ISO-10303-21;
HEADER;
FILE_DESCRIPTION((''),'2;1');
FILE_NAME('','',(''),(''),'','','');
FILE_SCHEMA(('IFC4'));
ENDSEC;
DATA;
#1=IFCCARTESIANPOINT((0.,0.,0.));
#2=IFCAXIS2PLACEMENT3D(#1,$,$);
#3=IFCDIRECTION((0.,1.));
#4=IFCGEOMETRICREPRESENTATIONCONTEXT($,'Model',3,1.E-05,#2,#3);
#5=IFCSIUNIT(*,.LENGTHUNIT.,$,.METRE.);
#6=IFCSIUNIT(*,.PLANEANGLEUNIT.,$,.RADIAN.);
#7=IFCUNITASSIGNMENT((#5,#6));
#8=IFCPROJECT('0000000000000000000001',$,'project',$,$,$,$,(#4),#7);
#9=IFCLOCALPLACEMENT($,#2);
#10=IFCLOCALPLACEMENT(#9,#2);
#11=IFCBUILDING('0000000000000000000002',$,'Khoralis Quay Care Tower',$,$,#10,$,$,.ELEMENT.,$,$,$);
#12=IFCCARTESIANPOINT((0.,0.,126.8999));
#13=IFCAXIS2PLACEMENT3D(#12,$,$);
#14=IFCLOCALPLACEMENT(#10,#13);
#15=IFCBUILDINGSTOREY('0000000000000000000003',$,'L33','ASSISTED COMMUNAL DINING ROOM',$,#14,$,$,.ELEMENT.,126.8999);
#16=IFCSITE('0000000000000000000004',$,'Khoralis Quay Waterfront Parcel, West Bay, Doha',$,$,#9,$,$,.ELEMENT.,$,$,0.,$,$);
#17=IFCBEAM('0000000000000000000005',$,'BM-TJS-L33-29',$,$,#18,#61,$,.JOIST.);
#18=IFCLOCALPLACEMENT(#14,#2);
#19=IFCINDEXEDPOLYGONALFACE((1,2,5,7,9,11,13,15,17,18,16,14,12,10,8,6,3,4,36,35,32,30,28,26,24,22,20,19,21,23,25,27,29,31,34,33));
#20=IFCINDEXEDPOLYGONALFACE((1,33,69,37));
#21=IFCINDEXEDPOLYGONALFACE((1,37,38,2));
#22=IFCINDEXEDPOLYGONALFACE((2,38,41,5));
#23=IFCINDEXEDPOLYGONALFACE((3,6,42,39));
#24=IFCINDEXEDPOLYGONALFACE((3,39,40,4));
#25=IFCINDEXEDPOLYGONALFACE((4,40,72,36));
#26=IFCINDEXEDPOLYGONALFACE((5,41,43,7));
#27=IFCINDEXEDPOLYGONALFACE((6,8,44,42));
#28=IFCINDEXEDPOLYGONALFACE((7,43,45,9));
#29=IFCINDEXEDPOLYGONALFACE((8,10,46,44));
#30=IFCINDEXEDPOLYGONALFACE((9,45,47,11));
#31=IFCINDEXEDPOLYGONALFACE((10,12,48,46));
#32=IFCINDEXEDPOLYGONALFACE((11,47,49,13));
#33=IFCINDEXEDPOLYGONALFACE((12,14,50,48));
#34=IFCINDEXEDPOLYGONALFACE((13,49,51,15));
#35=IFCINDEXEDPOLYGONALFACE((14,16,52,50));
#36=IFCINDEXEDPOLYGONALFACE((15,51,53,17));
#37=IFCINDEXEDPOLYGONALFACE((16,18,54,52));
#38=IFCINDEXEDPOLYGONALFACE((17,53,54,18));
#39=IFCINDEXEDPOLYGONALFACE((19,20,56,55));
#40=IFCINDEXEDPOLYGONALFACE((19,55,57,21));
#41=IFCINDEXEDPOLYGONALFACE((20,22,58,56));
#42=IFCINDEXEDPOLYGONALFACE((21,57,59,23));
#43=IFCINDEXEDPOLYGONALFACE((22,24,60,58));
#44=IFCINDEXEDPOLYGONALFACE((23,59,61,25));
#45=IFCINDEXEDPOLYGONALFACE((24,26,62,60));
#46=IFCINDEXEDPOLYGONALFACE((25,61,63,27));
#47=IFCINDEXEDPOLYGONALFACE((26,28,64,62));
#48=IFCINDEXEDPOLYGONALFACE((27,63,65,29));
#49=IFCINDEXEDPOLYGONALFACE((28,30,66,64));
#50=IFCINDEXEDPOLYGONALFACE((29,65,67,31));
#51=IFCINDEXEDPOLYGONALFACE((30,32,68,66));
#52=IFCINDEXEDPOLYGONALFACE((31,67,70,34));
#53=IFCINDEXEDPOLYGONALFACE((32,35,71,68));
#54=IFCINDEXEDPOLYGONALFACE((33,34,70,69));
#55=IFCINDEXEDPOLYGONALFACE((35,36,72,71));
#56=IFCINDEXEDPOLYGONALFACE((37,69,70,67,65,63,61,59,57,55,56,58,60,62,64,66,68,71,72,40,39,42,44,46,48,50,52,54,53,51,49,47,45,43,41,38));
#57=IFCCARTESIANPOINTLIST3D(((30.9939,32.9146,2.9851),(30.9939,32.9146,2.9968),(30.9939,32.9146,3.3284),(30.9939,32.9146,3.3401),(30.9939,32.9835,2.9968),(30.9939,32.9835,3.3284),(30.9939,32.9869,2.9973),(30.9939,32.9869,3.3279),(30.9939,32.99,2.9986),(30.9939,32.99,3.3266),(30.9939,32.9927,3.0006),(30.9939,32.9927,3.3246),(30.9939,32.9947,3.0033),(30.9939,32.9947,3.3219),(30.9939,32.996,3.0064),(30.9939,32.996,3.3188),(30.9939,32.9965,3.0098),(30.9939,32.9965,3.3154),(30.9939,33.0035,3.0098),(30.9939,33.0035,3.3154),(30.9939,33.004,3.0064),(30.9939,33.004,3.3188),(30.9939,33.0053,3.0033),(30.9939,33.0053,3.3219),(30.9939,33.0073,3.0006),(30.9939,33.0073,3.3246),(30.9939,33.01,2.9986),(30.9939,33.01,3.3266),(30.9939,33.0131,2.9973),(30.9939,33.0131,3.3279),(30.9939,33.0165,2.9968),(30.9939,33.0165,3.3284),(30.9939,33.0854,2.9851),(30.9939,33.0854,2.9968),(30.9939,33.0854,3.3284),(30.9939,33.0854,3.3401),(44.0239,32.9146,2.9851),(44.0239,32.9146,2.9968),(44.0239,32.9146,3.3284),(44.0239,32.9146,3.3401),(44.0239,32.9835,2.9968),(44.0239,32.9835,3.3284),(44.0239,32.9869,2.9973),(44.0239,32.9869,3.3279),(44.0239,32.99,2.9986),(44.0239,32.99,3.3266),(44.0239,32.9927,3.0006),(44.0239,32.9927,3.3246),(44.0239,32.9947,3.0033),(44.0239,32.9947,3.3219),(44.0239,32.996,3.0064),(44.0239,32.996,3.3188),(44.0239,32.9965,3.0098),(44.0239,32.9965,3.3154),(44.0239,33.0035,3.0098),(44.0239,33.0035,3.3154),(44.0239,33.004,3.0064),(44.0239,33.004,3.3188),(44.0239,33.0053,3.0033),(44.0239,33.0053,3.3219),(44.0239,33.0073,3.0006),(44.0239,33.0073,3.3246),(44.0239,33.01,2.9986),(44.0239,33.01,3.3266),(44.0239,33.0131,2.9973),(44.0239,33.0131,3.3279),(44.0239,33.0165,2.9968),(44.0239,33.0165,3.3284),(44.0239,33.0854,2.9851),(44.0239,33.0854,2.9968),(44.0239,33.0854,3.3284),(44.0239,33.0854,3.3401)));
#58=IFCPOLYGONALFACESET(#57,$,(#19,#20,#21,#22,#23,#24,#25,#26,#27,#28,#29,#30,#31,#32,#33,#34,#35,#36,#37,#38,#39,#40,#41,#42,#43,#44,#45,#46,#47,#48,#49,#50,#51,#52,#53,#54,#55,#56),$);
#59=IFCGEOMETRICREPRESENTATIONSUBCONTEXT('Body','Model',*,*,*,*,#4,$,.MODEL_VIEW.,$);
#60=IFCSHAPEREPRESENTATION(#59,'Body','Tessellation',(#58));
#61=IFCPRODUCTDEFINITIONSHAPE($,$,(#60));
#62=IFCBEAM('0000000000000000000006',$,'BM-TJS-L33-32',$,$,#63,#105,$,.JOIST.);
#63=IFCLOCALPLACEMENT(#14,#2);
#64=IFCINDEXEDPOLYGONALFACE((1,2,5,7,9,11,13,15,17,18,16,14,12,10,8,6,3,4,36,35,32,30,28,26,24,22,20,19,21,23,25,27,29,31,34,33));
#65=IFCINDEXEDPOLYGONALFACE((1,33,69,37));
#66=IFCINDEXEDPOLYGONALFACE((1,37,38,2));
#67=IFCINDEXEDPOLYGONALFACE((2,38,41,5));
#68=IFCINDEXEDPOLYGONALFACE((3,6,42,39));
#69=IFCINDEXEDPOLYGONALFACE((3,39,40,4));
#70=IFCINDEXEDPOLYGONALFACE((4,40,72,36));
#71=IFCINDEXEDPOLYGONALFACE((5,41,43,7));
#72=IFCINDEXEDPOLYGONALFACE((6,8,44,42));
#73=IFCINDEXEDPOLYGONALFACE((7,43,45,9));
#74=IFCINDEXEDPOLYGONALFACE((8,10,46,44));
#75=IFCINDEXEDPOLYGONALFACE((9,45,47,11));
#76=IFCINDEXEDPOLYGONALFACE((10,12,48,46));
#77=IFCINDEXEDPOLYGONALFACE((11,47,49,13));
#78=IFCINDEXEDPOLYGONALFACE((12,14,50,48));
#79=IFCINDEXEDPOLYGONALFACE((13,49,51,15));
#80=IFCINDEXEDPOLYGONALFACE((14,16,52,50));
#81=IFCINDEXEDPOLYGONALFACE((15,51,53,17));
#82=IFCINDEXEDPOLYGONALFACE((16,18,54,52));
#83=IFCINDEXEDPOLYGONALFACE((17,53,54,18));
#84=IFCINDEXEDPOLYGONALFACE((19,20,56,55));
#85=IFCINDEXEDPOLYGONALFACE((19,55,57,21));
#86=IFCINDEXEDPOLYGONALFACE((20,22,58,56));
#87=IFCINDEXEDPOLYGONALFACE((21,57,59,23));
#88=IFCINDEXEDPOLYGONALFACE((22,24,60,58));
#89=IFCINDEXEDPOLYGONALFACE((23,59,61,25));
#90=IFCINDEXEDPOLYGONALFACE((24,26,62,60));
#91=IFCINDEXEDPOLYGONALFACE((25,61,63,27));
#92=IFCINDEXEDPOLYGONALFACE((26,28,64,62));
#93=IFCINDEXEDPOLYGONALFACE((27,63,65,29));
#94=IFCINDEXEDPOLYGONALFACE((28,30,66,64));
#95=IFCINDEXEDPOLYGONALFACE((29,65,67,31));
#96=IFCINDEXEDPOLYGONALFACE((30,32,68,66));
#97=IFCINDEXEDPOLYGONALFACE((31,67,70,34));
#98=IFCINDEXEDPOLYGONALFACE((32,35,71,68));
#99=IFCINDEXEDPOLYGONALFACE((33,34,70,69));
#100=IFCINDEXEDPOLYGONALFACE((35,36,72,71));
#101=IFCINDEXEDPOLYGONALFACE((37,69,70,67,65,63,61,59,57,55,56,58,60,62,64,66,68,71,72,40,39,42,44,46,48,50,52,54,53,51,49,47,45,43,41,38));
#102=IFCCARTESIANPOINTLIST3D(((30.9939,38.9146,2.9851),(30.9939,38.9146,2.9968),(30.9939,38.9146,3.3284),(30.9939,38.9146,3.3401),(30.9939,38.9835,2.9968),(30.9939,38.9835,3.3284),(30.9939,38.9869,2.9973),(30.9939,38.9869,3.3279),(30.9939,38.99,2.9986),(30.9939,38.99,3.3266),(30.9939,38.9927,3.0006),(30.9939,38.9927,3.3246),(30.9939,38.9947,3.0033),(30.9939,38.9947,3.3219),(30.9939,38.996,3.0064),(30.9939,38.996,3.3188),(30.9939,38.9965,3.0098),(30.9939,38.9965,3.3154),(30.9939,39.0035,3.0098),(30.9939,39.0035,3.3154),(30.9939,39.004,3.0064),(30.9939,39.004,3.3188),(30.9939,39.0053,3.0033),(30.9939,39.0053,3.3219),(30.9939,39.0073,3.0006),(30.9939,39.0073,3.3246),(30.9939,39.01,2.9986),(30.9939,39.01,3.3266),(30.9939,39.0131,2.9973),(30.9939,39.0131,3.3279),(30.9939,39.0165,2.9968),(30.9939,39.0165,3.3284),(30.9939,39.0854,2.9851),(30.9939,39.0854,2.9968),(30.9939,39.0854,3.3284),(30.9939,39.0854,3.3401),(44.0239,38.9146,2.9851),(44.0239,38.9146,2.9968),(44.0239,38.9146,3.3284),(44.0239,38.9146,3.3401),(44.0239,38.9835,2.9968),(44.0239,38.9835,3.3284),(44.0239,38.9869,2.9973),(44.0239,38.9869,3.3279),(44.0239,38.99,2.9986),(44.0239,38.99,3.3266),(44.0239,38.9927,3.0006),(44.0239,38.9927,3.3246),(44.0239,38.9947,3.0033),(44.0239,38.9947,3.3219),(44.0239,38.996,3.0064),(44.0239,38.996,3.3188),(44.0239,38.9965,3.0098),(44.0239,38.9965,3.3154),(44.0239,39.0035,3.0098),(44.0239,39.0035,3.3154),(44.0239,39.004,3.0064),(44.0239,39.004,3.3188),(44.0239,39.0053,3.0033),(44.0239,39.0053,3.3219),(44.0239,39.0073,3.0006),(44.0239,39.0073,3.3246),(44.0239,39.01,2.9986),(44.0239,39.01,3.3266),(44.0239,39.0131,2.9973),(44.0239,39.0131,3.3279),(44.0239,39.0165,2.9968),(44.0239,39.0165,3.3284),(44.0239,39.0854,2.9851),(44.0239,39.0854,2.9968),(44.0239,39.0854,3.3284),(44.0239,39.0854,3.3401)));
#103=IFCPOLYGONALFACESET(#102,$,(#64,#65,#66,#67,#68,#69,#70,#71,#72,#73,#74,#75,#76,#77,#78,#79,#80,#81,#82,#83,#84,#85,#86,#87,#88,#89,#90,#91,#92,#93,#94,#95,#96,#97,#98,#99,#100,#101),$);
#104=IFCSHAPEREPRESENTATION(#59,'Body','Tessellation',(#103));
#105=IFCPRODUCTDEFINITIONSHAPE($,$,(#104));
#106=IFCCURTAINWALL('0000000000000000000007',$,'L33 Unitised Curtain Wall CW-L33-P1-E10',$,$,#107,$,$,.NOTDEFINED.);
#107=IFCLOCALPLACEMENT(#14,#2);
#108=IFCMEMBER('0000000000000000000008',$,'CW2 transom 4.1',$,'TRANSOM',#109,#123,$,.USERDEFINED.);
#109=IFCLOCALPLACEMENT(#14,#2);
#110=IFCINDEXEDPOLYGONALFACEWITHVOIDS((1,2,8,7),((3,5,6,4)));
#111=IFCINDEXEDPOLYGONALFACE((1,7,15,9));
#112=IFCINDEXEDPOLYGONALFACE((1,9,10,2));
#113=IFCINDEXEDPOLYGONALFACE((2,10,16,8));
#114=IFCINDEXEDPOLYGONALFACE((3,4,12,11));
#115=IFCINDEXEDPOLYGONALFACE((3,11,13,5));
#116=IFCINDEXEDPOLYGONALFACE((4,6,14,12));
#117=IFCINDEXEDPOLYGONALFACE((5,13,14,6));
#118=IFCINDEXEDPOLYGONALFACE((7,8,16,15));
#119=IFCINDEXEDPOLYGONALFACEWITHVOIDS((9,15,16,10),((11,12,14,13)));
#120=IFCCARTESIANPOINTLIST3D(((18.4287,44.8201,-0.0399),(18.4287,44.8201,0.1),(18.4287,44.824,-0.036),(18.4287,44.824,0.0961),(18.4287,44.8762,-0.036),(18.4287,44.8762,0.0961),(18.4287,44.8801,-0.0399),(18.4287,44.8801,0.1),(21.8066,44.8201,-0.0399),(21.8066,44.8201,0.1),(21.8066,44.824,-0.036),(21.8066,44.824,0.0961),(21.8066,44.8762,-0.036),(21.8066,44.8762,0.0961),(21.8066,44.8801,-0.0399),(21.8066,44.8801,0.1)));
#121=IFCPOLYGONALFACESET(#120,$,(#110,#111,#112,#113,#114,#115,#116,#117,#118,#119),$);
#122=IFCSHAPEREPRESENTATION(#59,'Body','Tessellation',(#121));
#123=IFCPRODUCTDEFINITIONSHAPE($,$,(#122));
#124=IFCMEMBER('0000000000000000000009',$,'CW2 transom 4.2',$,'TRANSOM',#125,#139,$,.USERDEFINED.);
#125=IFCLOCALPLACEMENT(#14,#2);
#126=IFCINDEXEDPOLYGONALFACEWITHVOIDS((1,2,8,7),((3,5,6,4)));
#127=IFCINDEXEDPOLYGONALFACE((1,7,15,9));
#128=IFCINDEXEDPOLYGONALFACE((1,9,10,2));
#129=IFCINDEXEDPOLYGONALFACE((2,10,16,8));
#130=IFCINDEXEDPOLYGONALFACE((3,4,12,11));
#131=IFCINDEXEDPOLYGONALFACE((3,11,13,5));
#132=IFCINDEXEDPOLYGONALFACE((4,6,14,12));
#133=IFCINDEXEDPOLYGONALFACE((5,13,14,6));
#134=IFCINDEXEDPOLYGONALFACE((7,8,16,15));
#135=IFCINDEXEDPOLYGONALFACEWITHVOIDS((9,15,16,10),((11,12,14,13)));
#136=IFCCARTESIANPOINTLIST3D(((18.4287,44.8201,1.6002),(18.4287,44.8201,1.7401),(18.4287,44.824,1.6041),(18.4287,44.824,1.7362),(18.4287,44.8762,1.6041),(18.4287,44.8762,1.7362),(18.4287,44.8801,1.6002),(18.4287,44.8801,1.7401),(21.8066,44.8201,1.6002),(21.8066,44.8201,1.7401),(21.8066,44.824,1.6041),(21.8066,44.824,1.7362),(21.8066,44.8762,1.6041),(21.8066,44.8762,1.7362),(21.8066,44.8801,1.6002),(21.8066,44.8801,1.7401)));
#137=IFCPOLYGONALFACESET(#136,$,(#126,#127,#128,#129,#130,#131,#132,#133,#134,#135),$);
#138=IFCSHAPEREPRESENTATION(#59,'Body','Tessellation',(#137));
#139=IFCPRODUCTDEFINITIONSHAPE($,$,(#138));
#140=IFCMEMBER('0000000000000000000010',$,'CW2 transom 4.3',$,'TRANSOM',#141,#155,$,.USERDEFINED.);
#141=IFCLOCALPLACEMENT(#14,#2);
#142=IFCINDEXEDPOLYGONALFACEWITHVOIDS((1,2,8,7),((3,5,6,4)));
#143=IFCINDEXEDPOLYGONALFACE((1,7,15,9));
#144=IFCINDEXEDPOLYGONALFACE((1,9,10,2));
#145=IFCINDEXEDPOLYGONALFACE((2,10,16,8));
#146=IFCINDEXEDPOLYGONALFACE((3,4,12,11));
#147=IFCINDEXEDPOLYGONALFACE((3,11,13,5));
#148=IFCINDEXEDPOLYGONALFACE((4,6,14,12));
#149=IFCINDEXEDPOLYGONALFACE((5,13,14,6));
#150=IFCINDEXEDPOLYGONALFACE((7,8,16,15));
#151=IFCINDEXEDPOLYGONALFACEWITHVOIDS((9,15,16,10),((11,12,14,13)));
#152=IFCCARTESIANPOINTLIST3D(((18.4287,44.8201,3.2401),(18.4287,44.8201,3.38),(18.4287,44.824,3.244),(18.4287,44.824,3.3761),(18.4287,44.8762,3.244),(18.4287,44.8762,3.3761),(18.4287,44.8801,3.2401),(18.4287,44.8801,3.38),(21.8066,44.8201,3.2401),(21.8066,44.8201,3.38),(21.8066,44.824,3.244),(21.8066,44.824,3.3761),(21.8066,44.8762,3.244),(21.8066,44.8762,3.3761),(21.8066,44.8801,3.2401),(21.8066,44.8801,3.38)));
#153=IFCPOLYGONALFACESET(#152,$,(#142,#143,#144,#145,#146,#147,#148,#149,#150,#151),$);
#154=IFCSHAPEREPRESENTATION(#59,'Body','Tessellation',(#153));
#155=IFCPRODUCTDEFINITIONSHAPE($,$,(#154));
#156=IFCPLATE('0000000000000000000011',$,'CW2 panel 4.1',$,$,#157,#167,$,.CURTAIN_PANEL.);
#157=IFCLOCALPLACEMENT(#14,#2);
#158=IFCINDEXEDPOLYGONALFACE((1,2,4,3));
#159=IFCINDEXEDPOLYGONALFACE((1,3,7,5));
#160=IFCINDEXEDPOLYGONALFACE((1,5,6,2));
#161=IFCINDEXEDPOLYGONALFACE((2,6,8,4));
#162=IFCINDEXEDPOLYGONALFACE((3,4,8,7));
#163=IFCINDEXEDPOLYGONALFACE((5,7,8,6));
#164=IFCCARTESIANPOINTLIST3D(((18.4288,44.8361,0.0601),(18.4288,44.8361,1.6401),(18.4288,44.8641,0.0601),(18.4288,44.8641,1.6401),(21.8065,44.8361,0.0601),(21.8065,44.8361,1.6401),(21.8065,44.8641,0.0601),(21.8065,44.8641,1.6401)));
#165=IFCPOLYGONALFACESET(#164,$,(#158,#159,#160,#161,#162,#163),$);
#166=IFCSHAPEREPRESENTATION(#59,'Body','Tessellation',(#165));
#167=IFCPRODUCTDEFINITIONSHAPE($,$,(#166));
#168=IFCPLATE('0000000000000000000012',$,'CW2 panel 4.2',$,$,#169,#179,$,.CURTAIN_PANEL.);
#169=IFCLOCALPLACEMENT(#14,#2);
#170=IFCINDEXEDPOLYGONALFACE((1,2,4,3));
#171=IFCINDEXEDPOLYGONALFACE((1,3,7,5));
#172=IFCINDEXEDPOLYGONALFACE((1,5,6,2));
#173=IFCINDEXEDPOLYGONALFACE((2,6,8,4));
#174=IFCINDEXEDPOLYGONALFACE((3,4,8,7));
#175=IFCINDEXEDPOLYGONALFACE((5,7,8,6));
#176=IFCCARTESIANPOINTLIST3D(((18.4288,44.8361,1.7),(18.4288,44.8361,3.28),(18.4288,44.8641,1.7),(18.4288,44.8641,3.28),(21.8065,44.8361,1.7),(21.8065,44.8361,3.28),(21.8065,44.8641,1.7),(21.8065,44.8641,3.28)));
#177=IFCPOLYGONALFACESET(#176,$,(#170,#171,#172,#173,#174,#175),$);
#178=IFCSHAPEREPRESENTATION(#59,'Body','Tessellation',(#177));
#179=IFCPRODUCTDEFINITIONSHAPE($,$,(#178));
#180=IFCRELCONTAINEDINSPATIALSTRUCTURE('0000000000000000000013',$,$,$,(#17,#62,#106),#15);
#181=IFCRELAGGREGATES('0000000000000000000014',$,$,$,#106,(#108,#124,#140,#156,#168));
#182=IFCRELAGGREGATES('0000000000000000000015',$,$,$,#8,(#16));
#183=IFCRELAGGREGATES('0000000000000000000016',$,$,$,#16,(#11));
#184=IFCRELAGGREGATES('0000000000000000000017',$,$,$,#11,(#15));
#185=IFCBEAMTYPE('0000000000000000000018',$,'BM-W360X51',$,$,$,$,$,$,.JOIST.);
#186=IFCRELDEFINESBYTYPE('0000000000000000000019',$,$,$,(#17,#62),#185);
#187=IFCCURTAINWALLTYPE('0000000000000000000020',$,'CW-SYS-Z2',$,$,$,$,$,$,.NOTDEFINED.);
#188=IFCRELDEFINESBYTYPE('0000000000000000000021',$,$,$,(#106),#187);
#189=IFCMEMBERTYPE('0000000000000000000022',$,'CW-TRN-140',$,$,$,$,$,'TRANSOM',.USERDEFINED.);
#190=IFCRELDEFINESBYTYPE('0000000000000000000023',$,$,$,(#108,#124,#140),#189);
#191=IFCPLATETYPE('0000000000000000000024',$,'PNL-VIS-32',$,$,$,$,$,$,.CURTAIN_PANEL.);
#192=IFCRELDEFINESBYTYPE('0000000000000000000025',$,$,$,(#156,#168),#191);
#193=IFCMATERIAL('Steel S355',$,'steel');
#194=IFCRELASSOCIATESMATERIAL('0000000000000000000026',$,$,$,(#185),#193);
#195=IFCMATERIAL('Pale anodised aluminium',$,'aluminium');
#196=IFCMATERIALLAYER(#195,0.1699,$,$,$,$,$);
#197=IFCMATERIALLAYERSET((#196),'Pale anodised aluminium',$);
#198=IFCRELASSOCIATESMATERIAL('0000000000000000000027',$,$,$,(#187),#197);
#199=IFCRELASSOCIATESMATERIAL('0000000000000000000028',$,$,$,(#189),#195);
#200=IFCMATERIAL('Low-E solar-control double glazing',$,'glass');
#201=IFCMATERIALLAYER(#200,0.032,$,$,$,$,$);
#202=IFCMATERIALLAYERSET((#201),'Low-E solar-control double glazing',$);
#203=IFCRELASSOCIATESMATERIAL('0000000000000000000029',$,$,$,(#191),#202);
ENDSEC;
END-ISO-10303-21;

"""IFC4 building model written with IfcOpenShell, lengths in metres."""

from ifc_helpers import new_model, si_unit, direction, frame, origin, origin_2d, place, context, subcontext, project, spatial, rectangle, hollow_rectangle, i_section, extrude, source, transform, mapped, material, layer, layer_set, material_profile, profile_set, type_object, element, aggregate, save


model = new_model("IFC4")

# Units and contexts
model_context = context("Model", 3, precision=1e-05, world=origin(), true_north=direction((0.0, 1.0)))
body_context = subcontext(model_context, "Body", "Model", "MODEL_VIEW")
ifc_project = project(units=[si_unit("LENGTHUNIT", "METRE"), si_unit("PLANEANGLEUNIT", "RADIAN")], contexts=[model_context])

# Site, building, storey
site_placement = place(None, origin())
site = spatial("IfcSite", under=ifc_project, at=site_placement, Name="Khoralis Quay Waterfront Parcel, West Bay, Doha", CompositionType="ELEMENT", RefElevation=0.0)
building_placement = place(site_placement, origin())
building = spatial("IfcBuilding", under=site, at=building_placement, Name="Khoralis Quay Care Tower", CompositionType="ELEMENT")
storey_placement = place(building_placement, frame((0.0, 0.0, 126.8999)))
storey = spatial("IfcBuildingStorey", under=building, at=storey_placement, Name="L33", Description="ASSISTED COMMUNAL DINING ROOM", CompositionType="ELEMENT", Elevation=126.8999)

# Beams
ifc_material_1 = material(Name="Steel S355", Category="steel")
ifc_material_profile_1 = material_profile(ifc_material_1, i_section(OverallWidth=0.1709, OverallDepth=0.355, WebThickness=0.0071, FlangeThickness=0.0117, FilletRadius=0.0129, at=origin_2d()), Name="Steel S355")
ifc_profile_set_1 = profile_set([ifc_material_profile_1], Name="Steel S355")
beam_type_1 = type_object("IfcBeamType", Name="BM-W360X51", PredefinedType="JOIST", material=ifc_profile_set_1)
shared_shape_1 = source(origin(), body_context, "Body", "SweptSolid", [
    extrude(i_section(OverallWidth=0.1709, OverallDepth=0.355, WebThickness=0.0071, FlangeThickness=0.0117, FilletRadius=0.0129, at=origin_2d()), origin(), (0.0, 0.0, 1.0), 13.03),
])
for number, where, z_axis, x_axis, name in (
    (1, (30.9939, 33.0, 3.1626), (1.0, 0.0, 0.0), (0.0, 1.0, 0.0), "BM-TJS-L33-29"),
    (2, (30.9939, 39.0, 3.1626), (1.0, 0.0, 0.0), (0.0, 1.0, 0.0), "BM-TJS-L33-32"),
):
    element("IfcBeam", number, at=place(storey_placement, frame(where, z_axis=z_axis, x_axis=x_axis)), inside=storey, type_object=beam_type_1, Name=name, PredefinedType="JOIST", context=body_context, shape_type="MappedRepresentation", body=[
        mapped(shared_shape_1, transform((0.0, 0.0, 0.0), scale=1.0)),
    ])

# Curtain wall, members, plates
ifc_material_2 = material(Name="Pale anodised aluminium", Category="aluminium")
ifc_layer_1 = layer(ifc_material_2, 0.1699)
ifc_layer_set_1 = layer_set([ifc_layer_1], Name="Pale anodised aluminium")
curtain_wall_type = type_object("IfcCurtainWallType", Name="CW-SYS-Z2", PredefinedType="NOTDEFINED", material=ifc_layer_set_1)
curtain_wall_placement = place(storey_placement, origin())
curtain_wall = element("IfcCurtainWall", 3, at=curtain_wall_placement, inside=storey, type_object=curtain_wall_type, Name="L33 Unitised Curtain Wall CW-L33-P1-E10", PredefinedType="NOTDEFINED")
ifc_material_profile_2 = material_profile(ifc_material_2, hollow_rectangle(XDim=0.0601, YDim=0.1399, WallThickness=0.0039, at=origin_2d()), Name="Pale anodised aluminium")
ifc_profile_set_2 = profile_set([ifc_material_profile_2], Name="Pale anodised aluminium")
member_type = type_object("IfcMemberType", Name="CW-TRN-140", ElementType="TRANSOM", PredefinedType="USERDEFINED", material=ifc_profile_set_2)
shared_shape_2 = source(origin(), body_context, "Body", "SweptSolid", [
    extrude(hollow_rectangle(XDim=0.0601, YDim=0.1399, WallThickness=0.0039, at=origin_2d()), origin(), (0.0, 0.0, 1.0), 3.3779),
])
member_1_placement = place(storey_placement, frame((21.8066, 44.8501, 0.03), z_axis=(-1.0, 0.0, 0.0), x_axis=(0.0, -1.0, 0.0)))
member_1 = element("IfcMember", 4, at=member_1_placement, type_object=member_type, Name="CW2 transom 4.1", ObjectType="TRANSOM", PredefinedType="USERDEFINED", context=body_context, shape_type="MappedRepresentation", body=[
    mapped(shared_shape_2, transform((0.0, 0.0, 0.0), scale=1.0)),
])
member_2_placement = place(storey_placement, frame((21.8066, 44.8501, 1.6702), z_axis=(-1.0, 0.0, 0.0), x_axis=(0.0, -1.0, 0.0)))
member_2 = element("IfcMember", 5, at=member_2_placement, type_object=member_type, Name="CW2 transom 4.2", ObjectType="TRANSOM", PredefinedType="USERDEFINED", context=body_context, shape_type="MappedRepresentation", body=[
    mapped(shared_shape_2, transform((0.0, 0.0, 0.0), scale=1.0)),
])
member_3_placement = place(storey_placement, frame((21.8066, 44.8501, 3.3101), z_axis=(-1.0, 0.0, 0.0), x_axis=(0.0, -1.0, 0.0)))
member_3 = element("IfcMember", 6, at=member_3_placement, type_object=member_type, Name="CW2 transom 4.3", ObjectType="TRANSOM", PredefinedType="USERDEFINED", context=body_context, shape_type="MappedRepresentation", body=[
    mapped(shared_shape_2, transform((0.0, 0.0, 0.0), scale=1.0)),
])
ifc_material_3 = material(Name="Low-E solar-control double glazing", Category="glass")
ifc_layer_2 = layer(ifc_material_3, 0.032)
ifc_layer_set_2 = layer_set([ifc_layer_2], Name="Low-E solar-control double glazing")
plate_type = type_object("IfcPlateType", Name="PNL-VIS-32", PredefinedType="CURTAIN_PANEL", material=ifc_layer_set_2)
shared_shape_3 = source(origin(), body_context, "Body", "SweptSolid", [
    extrude(rectangle(XDim=3.3777, YDim=0.0281, at=origin_2d()), origin(), (0.0, 0.0, 1.0), 1.5801),
])
plate_1_placement = place(storey_placement, frame((20.1177, 44.8501, 0.0601), z_axis=(0.0, 0.0, 1.0), x_axis=(-1.0, 0.0, 0.0)))
plate_1 = element("IfcPlate", 7, at=plate_1_placement, type_object=plate_type, Name="CW2 panel 4.1", PredefinedType="CURTAIN_PANEL", context=body_context, shape_type="MappedRepresentation", body=[
    mapped(shared_shape_3, transform((0.0, 0.0, 0.0), scale=1.0)),
])
plate_2_placement = place(storey_placement, frame((20.1177, 44.8501, 1.7), z_axis=(0.0, 0.0, 1.0), x_axis=(-1.0, 0.0, 0.0)))
plate_2 = element("IfcPlate", 8, at=plate_2_placement, type_object=plate_type, Name="CW2 panel 4.2", PredefinedType="CURTAIN_PANEL", context=body_context, shape_type="MappedRepresentation", body=[
    mapped(shared_shape_3, transform((0.0, 0.0, 0.0), scale=1.0)),
])
aggregate(curtain_wall, [member_1, member_2, member_3, plate_1, plate_2])

save(model, "model.ifc")
